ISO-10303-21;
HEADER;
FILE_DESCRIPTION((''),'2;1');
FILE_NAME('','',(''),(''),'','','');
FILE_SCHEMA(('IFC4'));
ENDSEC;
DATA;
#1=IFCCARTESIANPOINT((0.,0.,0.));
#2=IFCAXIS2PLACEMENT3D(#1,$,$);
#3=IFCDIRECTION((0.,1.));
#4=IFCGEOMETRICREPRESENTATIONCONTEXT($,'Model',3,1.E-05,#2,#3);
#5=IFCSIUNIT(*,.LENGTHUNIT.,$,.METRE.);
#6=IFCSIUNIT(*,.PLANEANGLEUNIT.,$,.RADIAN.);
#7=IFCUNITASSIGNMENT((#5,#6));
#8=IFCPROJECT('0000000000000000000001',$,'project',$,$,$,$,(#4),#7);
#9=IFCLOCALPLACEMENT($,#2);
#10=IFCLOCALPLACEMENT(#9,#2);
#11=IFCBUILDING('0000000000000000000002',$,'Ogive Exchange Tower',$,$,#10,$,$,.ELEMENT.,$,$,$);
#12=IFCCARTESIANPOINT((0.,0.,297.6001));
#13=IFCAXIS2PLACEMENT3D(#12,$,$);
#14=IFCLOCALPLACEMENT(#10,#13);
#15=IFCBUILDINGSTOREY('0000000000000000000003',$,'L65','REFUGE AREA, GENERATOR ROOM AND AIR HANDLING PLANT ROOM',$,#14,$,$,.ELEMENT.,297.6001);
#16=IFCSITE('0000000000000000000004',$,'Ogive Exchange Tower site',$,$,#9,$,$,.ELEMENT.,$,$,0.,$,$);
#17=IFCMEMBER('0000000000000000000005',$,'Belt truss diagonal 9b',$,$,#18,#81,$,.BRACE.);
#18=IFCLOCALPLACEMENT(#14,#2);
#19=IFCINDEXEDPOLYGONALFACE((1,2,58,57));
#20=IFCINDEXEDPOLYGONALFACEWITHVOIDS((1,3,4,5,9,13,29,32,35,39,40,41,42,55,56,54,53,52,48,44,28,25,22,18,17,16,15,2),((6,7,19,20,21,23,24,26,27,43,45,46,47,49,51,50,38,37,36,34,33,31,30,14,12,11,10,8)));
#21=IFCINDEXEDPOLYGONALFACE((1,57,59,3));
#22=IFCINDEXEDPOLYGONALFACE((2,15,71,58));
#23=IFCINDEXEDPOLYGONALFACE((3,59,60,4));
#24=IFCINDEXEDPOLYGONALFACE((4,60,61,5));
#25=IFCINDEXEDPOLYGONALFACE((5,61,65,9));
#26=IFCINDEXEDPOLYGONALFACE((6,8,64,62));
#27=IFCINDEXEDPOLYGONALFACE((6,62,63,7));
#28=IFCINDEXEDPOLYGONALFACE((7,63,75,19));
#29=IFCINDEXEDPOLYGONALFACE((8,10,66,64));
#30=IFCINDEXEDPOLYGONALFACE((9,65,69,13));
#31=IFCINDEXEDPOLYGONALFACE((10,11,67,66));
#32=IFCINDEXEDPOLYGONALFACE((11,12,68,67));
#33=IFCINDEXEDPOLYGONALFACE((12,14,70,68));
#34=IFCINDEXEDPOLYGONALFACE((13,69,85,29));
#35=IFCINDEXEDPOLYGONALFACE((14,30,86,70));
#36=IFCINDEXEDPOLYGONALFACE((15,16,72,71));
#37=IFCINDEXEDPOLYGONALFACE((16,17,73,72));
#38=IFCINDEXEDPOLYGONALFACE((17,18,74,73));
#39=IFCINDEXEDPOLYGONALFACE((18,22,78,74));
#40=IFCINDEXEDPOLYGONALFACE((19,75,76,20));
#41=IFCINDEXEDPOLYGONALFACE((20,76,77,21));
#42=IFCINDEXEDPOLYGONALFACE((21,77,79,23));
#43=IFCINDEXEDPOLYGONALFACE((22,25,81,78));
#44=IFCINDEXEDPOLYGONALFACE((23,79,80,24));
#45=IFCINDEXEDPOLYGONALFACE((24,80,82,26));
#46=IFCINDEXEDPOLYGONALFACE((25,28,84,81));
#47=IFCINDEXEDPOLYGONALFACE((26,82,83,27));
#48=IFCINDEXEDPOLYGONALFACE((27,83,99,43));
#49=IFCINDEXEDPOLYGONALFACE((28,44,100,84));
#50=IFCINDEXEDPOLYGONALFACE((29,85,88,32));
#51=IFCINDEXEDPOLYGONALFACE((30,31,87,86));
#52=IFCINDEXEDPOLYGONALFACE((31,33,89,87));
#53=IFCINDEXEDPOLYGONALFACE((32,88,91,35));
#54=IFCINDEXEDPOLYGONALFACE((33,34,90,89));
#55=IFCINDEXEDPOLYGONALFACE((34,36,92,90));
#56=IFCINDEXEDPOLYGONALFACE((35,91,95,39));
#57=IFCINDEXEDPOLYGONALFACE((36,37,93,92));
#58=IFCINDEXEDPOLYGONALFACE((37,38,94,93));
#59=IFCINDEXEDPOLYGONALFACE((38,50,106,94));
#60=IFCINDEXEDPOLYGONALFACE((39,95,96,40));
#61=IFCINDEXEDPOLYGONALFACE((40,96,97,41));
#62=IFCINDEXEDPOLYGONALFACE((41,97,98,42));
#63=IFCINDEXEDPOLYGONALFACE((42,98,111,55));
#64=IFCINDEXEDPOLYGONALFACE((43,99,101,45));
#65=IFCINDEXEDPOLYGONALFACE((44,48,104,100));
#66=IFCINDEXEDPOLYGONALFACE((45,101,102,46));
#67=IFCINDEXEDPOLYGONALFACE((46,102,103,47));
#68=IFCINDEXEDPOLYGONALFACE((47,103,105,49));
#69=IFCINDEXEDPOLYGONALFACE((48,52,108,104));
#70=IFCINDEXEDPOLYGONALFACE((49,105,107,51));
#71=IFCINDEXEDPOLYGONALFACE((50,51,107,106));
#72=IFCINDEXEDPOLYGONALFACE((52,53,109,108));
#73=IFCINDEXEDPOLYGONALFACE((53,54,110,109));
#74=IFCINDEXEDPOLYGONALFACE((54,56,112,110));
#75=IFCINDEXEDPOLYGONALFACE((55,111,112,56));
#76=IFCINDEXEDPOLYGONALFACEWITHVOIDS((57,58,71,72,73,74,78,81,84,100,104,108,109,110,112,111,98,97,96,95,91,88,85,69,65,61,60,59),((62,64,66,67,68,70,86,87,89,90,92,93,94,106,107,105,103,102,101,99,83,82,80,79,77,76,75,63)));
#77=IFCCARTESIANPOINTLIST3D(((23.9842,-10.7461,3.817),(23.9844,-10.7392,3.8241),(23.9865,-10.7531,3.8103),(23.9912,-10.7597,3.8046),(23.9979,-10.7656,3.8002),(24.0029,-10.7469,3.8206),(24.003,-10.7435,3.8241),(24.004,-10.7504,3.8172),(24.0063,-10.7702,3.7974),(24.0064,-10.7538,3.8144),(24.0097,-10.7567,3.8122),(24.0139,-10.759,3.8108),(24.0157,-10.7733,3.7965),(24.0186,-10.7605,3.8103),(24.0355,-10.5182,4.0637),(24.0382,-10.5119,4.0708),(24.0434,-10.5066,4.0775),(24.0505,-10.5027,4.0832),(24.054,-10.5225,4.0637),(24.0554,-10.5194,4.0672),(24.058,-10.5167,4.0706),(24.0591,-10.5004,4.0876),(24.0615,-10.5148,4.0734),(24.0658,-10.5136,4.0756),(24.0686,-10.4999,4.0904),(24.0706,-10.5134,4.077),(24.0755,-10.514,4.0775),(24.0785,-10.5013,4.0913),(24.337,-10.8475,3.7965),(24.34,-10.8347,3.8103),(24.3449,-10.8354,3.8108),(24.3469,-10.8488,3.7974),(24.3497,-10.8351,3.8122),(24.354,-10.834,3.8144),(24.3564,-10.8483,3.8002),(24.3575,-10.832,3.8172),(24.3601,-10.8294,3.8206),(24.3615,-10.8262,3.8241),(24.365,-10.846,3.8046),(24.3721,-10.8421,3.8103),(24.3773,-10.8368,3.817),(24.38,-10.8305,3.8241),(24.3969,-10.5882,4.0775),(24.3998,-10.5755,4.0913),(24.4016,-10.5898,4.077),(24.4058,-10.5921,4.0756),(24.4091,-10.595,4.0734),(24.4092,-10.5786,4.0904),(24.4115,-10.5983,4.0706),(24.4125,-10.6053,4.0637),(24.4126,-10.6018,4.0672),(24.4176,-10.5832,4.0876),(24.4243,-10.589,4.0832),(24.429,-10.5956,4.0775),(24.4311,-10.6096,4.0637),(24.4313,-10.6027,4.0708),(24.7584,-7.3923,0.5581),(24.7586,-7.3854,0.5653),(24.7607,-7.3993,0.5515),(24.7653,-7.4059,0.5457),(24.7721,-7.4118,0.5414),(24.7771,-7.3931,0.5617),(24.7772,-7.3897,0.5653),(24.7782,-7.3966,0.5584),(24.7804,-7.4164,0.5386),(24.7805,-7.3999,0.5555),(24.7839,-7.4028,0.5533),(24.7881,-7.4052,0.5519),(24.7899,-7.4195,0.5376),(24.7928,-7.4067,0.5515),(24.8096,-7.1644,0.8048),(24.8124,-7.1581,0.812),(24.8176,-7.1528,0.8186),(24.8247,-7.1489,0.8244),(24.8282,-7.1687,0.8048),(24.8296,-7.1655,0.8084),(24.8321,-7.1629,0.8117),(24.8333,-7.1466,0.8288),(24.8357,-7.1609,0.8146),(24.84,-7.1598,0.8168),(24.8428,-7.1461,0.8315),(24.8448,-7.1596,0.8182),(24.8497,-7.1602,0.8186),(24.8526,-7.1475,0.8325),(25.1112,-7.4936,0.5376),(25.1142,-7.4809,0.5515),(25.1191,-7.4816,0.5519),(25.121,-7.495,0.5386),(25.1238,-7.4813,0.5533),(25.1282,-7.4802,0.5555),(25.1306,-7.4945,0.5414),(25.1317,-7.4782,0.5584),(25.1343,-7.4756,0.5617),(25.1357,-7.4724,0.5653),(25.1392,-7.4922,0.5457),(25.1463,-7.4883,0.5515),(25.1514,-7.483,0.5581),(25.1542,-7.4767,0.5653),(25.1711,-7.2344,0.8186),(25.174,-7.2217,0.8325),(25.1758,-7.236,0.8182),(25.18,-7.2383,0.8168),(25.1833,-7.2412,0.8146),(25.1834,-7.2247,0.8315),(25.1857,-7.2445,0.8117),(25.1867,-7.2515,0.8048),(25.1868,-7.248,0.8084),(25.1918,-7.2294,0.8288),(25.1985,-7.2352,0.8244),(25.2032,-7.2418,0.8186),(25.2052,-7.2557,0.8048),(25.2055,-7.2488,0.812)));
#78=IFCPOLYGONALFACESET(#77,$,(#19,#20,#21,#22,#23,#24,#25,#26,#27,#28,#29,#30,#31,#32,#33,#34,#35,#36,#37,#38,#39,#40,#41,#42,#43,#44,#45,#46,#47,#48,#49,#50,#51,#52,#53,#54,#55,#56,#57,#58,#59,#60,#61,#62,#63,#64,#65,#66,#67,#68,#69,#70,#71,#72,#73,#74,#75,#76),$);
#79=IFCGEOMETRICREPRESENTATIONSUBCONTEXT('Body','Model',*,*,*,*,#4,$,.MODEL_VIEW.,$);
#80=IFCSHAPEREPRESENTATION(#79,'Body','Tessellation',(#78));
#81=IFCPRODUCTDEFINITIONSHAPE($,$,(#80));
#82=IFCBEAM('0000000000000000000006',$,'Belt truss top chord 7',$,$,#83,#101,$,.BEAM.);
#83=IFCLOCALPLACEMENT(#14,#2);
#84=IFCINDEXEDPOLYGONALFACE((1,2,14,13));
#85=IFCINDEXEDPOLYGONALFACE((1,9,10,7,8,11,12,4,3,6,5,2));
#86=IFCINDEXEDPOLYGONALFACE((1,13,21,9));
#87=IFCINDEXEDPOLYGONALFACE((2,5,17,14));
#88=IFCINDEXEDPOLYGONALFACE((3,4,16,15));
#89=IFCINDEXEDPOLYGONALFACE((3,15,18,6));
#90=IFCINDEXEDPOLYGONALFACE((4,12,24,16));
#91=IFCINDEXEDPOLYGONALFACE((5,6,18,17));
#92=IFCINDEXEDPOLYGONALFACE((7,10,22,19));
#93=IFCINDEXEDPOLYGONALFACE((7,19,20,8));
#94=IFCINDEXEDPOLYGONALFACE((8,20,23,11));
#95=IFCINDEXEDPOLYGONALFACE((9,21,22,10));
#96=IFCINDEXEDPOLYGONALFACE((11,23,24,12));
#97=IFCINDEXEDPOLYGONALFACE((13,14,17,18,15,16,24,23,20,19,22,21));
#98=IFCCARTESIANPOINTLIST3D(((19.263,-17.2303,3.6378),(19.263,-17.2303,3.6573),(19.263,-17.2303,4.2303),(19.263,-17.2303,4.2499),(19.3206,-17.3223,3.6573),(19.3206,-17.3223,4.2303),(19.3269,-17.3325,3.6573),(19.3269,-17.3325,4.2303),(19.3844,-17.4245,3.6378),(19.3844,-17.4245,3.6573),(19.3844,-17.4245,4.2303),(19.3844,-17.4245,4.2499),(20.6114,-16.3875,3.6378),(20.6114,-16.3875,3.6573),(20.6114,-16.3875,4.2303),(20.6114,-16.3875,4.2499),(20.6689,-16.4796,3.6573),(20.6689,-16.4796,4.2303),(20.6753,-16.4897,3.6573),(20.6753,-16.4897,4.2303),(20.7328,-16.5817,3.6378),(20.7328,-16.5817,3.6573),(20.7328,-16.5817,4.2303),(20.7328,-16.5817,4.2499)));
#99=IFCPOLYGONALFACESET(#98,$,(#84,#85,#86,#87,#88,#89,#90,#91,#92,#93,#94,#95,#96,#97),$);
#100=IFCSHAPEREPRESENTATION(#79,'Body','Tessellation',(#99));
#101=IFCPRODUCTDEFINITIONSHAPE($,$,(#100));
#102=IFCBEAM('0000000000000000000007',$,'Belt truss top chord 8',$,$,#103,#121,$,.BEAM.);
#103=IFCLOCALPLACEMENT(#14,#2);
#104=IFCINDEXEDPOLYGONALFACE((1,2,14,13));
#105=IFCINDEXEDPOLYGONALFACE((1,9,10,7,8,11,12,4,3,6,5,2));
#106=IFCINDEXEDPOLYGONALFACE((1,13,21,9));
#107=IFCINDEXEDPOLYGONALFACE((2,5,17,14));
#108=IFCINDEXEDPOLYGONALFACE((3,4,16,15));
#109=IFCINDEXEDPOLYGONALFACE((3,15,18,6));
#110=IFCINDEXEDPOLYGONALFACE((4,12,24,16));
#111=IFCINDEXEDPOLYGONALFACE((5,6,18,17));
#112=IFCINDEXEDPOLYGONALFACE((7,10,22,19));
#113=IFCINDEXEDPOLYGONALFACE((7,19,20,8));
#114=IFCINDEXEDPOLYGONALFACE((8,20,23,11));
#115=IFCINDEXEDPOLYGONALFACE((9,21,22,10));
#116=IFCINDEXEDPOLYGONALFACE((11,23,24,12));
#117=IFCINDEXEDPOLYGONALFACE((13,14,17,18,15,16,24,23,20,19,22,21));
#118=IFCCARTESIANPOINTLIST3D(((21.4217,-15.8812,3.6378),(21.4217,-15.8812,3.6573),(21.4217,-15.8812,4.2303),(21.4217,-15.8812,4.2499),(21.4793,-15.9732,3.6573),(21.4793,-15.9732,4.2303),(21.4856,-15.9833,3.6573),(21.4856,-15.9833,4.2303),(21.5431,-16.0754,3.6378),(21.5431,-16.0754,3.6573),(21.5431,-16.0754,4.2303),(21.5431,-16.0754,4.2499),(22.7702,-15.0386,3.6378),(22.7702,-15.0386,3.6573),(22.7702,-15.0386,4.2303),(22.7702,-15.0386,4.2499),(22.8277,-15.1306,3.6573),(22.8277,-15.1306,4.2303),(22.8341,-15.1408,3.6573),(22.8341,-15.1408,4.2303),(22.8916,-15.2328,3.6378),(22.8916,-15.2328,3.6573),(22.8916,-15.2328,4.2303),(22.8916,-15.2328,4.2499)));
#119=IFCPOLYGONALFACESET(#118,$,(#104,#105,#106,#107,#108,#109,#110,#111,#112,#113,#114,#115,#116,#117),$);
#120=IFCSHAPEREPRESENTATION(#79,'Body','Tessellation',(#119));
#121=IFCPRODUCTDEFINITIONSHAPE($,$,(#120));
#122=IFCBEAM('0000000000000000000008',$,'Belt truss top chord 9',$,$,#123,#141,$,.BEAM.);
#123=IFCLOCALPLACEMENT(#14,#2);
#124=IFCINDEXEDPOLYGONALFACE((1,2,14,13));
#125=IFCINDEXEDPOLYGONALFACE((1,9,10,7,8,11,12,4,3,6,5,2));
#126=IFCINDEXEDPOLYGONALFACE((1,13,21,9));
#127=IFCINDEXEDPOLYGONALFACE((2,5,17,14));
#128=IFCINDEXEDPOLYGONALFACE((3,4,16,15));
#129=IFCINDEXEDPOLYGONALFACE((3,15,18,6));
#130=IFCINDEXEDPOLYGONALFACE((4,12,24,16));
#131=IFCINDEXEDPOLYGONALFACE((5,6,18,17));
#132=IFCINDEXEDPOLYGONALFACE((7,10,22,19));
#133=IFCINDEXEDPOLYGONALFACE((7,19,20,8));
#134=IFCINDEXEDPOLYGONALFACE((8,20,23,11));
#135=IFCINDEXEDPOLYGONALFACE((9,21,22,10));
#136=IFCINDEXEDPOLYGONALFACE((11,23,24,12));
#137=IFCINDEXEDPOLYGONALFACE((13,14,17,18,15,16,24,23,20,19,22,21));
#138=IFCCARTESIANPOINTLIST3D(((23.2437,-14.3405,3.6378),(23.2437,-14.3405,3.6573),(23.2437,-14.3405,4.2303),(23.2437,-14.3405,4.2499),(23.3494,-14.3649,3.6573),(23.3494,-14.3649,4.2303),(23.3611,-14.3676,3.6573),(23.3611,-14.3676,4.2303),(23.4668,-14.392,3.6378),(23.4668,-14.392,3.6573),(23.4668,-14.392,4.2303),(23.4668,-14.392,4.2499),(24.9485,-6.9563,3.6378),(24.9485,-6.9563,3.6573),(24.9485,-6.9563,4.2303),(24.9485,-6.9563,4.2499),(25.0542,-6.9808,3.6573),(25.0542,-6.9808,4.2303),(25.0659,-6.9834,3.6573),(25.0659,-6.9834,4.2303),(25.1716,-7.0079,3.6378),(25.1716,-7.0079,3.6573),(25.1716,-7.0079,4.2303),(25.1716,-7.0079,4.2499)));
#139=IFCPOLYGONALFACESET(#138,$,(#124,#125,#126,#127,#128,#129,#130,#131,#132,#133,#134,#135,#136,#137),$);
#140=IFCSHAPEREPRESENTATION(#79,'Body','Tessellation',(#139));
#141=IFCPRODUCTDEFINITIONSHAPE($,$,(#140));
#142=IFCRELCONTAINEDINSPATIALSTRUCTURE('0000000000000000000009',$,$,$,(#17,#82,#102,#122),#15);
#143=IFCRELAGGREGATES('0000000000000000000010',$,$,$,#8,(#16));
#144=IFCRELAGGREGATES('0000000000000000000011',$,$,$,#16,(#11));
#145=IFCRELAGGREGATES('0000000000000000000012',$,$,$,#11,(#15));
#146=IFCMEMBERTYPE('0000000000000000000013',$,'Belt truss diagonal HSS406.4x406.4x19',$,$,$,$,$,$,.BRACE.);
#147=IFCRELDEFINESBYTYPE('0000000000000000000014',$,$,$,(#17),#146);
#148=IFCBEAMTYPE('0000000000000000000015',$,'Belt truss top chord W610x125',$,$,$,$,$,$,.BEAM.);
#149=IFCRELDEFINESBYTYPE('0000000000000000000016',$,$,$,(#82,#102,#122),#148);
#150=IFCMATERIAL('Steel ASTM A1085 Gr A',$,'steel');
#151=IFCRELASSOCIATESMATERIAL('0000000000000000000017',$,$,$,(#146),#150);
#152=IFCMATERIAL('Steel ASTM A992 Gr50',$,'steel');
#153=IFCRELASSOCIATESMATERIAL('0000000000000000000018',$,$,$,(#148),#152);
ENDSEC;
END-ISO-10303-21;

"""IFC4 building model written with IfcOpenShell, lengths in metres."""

from ifc_helpers import new_model, si_unit, direction, frame, origin, origin_2d, place, context, subcontext, project, spatial, hollow_rectangle, i_section, extrude, material, material_profile, profile_set, type_object, element, save


model = new_model("IFC4")

# Units and contexts
model_context = context("Model", 3, precision=1e-05, world=origin(), true_north=direction((0.0, 1.0)))
body_context = subcontext(model_context, "Body", "Model", "MODEL_VIEW")
ifc_project = project(units=[si_unit("LENGTHUNIT", "METRE"), si_unit("PLANEANGLEUNIT", "RADIAN")], contexts=[model_context])

# Site, building, storey
site_placement = place(None, origin())
site = spatial("IfcSite", under=ifc_project, at=site_placement, Name="Ogive Exchange Tower site", CompositionType="ELEMENT", RefElevation=0.0)
building_placement = place(site_placement, origin())
building = spatial("IfcBuilding", under=site, at=building_placement, Name="Ogive Exchange Tower", CompositionType="ELEMENT")
storey_placement = place(building_placement, frame((0.0, 0.0, 297.6001)))
storey = spatial("IfcBuildingStorey", under=building, at=storey_placement, Name="L65", Description="REFUGE AREA, GENERATOR ROOM AND AIR HANDLING PLANT ROOM", CompositionType="ELEMENT", Elevation=297.6001)

# Shared definitions
ifc_material_1 = material(Name="Steel ASTM A992 Gr50", Category="steel")

# Member
ifc_material_2 = material(Name="Steel ASTM A1085 Gr A", Category="steel")
ifc_material_profile_1 = material_profile(ifc_material_2, hollow_rectangle(XDim=0.406, YDim=0.406, WallThickness=0.019, InnerFilletRadius=0.019, OuterFilletRadius=0.0381, at=origin_2d()), Name="HSS406.4x406.4x19")
ifc_profile_set_1 = profile_set([ifc_material_profile_1], Name="Steel ASTM A1085 Gr A")
member_type_1 = type_object("IfcMemberType", Name="Belt truss diagonal HSS406.4x406.4x19", PredefinedType="BRACE", material=ifc_profile_set_1)
member_1_placement = place(storey_placement, frame((24.9819, -7.3206, 0.6851), z_axis=(-0.16333, -0.707558, 0.687521), x_axis=(0.974377, -0.224922, 0.0)))
element("IfcMember", 1, at=member_1_placement, inside=storey, type_object=member_type_1, Name="Belt truss diagonal 9b", PredefinedType="BRACE", context=body_context, shape_type="SweptSolid", body=[
    extrude(hollow_rectangle(XDim=0.406, YDim=0.406, WallThickness=0.019, InnerFilletRadius=0.019, OuterFilletRadius=0.0381, at=origin_2d()), origin(), (0.0, 0.0, 1.0), 4.74),
])

# Beams
ifc_material_profile_2 = material_profile(ifc_material_1, i_section(OverallWidth=0.229, OverallDepth=0.6121, WebThickness=0.012, FlangeThickness=0.0195, at=origin_2d()), Name="W610x125")
ifc_profile_set_2 = profile_set([ifc_material_profile_2], Name="Steel ASTM A992 Gr50")
beam_type_1 = type_object("IfcBeamType", Name="Belt truss top chord W610x125", PredefinedType="BEAM", material=ifc_profile_set_2)
for number, where, z_axis, x_axis, name in (
    (2, (19.3237, -17.3274, 3.9438), (0.84799, 0.530013, 0.0), (-0.530013, 0.84799, 0.0), "Belt truss top chord 7"),
    (3, (21.4824, -15.9783, 3.9438), (0.848059, 0.529902, 0.0), (-0.529902, 0.848059, 0.0), "Belt truss top chord 8"),
):
    element("IfcBeam", number, at=place(storey_placement, frame(where, z_axis=z_axis, x_axis=x_axis)), inside=storey, type_object=beam_type_1, Name=name, PredefinedType="BEAM", context=body_context, shape_type="SweptSolid", body=[
        extrude(i_section(OverallWidth=0.229, OverallDepth=0.6121, WebThickness=0.012, FlangeThickness=0.0195, at=origin_2d()), origin(), (0.0, 0.0, 1.0), 1.5901),
    ])
beam_1_placement = place(storey_placement, frame((23.3552, -14.3662, 3.9438), z_axis=(0.224963, 0.974367, 0.0), x_axis=(-0.974367, 0.224963, 0.0)))
element("IfcBeam", 4, at=beam_1_placement, inside=storey, type_object=beam_type_1, Name="Belt truss top chord 9", PredefinedType="BEAM", context=body_context, shape_type="SweptSolid", body=[
    extrude(i_section(OverallWidth=0.229, OverallDepth=0.6121, WebThickness=0.012, FlangeThickness=0.0195, at=origin_2d()), origin(), (0.0, 0.0, 1.0), 7.5784),
])

save(model, "model.ifc")
